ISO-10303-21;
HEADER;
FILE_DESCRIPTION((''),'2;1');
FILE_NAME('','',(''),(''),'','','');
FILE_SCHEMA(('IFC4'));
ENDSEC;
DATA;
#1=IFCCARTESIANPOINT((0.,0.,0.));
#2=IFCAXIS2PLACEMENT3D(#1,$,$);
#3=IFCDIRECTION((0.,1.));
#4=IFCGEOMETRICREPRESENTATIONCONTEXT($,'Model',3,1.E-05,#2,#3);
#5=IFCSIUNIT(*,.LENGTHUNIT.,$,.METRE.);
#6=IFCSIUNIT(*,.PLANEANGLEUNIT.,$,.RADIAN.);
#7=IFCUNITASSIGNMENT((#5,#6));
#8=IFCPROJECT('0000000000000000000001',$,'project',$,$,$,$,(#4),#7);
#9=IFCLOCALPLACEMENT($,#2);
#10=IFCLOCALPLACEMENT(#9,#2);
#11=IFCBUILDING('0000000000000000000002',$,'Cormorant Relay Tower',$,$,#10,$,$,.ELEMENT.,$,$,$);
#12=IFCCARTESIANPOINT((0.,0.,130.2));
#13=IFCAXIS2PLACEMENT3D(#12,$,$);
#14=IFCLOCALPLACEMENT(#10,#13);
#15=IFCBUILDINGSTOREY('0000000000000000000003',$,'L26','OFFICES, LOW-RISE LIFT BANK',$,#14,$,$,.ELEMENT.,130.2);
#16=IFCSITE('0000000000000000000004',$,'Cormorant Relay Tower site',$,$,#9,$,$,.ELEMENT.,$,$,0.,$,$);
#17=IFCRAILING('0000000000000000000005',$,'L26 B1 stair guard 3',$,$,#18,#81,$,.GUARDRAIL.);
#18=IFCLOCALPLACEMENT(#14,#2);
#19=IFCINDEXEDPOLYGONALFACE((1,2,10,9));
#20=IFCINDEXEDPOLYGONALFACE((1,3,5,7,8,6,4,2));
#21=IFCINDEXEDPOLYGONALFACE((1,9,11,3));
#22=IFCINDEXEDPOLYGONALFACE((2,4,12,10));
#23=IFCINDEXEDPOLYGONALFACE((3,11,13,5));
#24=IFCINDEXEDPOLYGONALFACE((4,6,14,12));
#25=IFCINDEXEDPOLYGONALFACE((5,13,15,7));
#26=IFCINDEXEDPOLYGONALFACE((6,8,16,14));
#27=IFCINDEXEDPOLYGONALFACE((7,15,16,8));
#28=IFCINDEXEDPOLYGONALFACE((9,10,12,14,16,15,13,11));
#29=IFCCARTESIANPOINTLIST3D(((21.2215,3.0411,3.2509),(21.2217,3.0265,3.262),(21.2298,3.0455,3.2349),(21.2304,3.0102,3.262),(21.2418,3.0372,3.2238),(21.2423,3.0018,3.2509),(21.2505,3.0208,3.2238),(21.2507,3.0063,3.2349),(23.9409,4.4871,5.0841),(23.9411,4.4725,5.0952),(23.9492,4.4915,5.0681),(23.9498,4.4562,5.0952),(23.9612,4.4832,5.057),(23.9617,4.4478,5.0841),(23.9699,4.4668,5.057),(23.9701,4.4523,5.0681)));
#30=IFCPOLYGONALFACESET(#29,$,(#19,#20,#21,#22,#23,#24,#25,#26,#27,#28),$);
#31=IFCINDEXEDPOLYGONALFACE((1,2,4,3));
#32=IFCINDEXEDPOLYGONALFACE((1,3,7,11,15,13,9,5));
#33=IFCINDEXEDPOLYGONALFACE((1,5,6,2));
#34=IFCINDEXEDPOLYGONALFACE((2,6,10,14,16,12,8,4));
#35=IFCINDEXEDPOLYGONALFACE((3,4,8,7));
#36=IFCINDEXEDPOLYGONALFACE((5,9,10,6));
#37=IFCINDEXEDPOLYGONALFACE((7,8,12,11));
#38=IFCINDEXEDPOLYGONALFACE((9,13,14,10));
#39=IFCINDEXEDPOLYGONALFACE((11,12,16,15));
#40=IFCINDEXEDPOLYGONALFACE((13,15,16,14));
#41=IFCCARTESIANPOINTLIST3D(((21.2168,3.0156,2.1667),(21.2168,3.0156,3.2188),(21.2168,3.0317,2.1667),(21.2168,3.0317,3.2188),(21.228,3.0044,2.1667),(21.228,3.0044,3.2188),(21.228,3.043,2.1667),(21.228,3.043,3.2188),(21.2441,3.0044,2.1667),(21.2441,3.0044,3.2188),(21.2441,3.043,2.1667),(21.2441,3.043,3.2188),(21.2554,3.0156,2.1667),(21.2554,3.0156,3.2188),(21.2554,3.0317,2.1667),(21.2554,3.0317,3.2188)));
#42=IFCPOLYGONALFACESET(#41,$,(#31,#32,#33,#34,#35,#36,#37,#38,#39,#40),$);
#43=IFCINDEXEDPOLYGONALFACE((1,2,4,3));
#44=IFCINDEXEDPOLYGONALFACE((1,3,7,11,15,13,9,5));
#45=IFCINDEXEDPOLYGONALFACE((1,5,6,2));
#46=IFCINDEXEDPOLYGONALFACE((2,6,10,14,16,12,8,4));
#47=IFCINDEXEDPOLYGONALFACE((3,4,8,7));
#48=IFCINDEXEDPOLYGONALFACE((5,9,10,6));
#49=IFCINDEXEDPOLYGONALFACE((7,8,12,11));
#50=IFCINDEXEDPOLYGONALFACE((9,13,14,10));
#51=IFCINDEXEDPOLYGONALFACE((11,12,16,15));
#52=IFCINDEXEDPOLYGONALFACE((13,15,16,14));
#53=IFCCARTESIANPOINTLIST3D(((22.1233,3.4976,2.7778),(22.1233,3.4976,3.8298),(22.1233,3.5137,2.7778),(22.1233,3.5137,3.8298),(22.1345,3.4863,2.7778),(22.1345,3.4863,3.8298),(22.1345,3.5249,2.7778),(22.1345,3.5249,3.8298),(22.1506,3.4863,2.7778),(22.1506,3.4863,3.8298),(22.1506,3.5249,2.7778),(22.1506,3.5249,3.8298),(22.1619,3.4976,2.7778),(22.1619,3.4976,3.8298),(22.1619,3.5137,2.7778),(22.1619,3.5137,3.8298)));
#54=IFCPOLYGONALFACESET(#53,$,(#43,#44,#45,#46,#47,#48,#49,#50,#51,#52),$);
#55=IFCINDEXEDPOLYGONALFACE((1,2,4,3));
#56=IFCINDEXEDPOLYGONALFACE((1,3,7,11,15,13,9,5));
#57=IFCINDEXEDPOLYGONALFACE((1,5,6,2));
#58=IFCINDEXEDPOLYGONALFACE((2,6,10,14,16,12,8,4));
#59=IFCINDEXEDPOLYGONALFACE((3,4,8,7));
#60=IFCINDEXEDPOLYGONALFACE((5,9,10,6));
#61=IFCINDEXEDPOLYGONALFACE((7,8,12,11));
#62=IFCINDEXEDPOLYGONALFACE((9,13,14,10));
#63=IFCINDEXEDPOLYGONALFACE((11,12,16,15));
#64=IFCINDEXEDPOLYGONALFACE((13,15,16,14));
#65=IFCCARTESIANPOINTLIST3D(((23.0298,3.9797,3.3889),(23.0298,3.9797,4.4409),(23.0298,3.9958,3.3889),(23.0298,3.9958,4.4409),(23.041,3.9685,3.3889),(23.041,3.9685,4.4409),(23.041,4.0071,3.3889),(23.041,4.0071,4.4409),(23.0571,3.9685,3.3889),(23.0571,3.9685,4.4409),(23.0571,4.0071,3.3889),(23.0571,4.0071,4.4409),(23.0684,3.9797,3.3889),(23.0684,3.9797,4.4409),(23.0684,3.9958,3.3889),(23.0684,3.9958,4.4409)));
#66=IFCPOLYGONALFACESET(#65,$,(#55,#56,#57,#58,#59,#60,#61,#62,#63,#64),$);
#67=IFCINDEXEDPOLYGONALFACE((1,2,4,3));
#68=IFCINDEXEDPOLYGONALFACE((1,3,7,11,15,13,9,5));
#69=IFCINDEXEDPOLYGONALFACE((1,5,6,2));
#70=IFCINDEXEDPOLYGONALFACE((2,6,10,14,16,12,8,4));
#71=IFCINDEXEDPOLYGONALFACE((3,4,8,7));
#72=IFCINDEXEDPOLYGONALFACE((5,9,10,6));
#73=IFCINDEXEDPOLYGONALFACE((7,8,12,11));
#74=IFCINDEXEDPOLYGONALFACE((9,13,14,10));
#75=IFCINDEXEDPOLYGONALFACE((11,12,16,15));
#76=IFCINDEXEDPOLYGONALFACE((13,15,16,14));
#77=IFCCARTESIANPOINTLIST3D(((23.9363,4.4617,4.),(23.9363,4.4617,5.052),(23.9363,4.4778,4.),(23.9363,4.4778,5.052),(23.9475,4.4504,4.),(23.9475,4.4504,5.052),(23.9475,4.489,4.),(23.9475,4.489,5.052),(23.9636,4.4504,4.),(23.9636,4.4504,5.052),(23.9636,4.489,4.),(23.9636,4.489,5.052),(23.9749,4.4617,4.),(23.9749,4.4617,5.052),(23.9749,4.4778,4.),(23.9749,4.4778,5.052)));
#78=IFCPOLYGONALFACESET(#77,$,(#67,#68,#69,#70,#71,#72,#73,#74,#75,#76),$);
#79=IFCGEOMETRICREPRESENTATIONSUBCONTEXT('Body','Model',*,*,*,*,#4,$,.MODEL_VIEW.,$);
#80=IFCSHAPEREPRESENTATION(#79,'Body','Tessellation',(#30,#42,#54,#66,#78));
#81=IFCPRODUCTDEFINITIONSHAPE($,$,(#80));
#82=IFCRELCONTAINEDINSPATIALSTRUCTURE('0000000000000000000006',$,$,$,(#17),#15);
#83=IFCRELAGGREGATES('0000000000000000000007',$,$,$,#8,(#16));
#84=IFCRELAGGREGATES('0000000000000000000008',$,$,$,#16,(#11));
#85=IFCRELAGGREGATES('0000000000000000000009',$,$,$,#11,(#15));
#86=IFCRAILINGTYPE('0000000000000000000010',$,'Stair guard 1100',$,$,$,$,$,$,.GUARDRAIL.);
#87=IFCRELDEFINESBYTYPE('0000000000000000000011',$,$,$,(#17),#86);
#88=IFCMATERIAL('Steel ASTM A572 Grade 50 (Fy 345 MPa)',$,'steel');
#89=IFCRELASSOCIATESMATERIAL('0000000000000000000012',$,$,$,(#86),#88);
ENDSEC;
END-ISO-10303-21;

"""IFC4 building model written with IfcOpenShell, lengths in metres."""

from ifc_helpers import new_model, si_unit, direction, frame, origin, place, context, subcontext, project, spatial, polyline, outline, extrude, material, type_object, element, save


model = new_model("IFC4")

# Units and contexts
model_context = context("Model", 3, precision=1e-05, world=origin(), true_north=direction((0.0, 1.0)))
body_context = subcontext(model_context, "Body", "Model", "MODEL_VIEW")
ifc_project = project(units=[si_unit("LENGTHUNIT", "METRE"), si_unit("PLANEANGLEUNIT", "RADIAN")], contexts=[model_context])

# Site, building, storey
site_placement = place(None, origin())
site = spatial("IfcSite", under=ifc_project, at=site_placement, Name="Cormorant Relay Tower site", CompositionType="ELEMENT", RefElevation=0.0)
building_placement = place(site_placement, origin())
building = spatial("IfcBuilding", under=site, at=building_placement, Name="Cormorant Relay Tower", CompositionType="ELEMENT")
storey_placement = place(building_placement, frame((0.0, 0.0, 130.2)))
storey = spatial("IfcBuildingStorey", under=building, at=storey_placement, Name="L26", Description="OFFICES, LOW-RISE LIFT BANK", CompositionType="ELEMENT", Elevation=130.2)

# Railing
ifc_material_1 = material(Name="Steel ASTM A572 Grade 50 (Fy 345 MPa)", Category="steel")
railing_type = type_object("IfcRailingType", Name="Stair guard 1100", PredefinedType="GUARDRAIL", material=ifc_material_1)
railing_1_placement = place(storey_placement, frame((21.2361, 3.0237, 2.1667)))
element("IfcRailing", 1, at=railing_1_placement, inside=storey, type_object=railing_type, Name="L26 B1 stair guard 3", PredefinedType="GUARDRAIL", context=body_context, shape_type="SweptSolid", body=[
    extrude(outline(polyline([(0.0222, 0.0093), (0.0093, 0.0222), (-0.0093, 0.0222), (-0.0222, 0.0093), (-0.0222, -0.0093), (-0.0093, -0.0222), (0.0093, -0.0222), (0.0222, -0.0093), (0.0222, 0.0093)])), frame((0.0, 0.0, 1.0762), z_axis=(0.758714, 0.403435, 0.511463), x_axis=(-0.469489, 0.882938, 0.0)), (0.0, 0.0, 1.0), 3.5842),
    extrude(outline(polyline([(0.0193, 0.0081), (0.0081, 0.0193), (-0.0081, 0.0193), (-0.0193, 0.0081), (-0.0193, -0.0081), (-0.0081, -0.0193), (0.0081, -0.0193), (0.0193, -0.0081), (0.0193, 0.0081)])), origin(), (0.0, 0.0, 1.0), 1.052),
    extrude(outline(polyline([(0.0193, 0.0081), (0.0081, 0.0193), (-0.0081, 0.0193), (-0.0193, 0.0081), (-0.0193, -0.0081), (-0.0081, -0.0193), (0.0081, -0.0193), (0.0193, -0.0081), (0.0193, 0.0081)])), frame((0.9065, 0.4819, 0.6111)), (0.0, 0.0, 1.0), 1.052),
    extrude(outline(polyline([(0.0193, 0.0081), (0.0081, 0.0193), (-0.0081, 0.0193), (-0.0193, 0.0081), (-0.0193, -0.0081), (-0.0081, -0.0193), (0.0081, -0.0193), (0.0193, -0.0081), (0.0193, 0.0081)])), frame((1.813, 0.9641, 1.2222)), (0.0, 0.0, 1.0), 1.052),
    extrude(outline(polyline([(0.0193, 0.0081), (0.0081, 0.0193), (-0.0081, 0.0193), (-0.0193, 0.0081), (-0.0193, -0.0081), (-0.0081, -0.0193), (0.0081, -0.0193), (0.0193, -0.0081), (0.0193, 0.0081)])), frame((2.7195, 1.446, 1.8333)), (0.0, 0.0, 1.0), 1.052),
])

save(model, "model.ifc")
